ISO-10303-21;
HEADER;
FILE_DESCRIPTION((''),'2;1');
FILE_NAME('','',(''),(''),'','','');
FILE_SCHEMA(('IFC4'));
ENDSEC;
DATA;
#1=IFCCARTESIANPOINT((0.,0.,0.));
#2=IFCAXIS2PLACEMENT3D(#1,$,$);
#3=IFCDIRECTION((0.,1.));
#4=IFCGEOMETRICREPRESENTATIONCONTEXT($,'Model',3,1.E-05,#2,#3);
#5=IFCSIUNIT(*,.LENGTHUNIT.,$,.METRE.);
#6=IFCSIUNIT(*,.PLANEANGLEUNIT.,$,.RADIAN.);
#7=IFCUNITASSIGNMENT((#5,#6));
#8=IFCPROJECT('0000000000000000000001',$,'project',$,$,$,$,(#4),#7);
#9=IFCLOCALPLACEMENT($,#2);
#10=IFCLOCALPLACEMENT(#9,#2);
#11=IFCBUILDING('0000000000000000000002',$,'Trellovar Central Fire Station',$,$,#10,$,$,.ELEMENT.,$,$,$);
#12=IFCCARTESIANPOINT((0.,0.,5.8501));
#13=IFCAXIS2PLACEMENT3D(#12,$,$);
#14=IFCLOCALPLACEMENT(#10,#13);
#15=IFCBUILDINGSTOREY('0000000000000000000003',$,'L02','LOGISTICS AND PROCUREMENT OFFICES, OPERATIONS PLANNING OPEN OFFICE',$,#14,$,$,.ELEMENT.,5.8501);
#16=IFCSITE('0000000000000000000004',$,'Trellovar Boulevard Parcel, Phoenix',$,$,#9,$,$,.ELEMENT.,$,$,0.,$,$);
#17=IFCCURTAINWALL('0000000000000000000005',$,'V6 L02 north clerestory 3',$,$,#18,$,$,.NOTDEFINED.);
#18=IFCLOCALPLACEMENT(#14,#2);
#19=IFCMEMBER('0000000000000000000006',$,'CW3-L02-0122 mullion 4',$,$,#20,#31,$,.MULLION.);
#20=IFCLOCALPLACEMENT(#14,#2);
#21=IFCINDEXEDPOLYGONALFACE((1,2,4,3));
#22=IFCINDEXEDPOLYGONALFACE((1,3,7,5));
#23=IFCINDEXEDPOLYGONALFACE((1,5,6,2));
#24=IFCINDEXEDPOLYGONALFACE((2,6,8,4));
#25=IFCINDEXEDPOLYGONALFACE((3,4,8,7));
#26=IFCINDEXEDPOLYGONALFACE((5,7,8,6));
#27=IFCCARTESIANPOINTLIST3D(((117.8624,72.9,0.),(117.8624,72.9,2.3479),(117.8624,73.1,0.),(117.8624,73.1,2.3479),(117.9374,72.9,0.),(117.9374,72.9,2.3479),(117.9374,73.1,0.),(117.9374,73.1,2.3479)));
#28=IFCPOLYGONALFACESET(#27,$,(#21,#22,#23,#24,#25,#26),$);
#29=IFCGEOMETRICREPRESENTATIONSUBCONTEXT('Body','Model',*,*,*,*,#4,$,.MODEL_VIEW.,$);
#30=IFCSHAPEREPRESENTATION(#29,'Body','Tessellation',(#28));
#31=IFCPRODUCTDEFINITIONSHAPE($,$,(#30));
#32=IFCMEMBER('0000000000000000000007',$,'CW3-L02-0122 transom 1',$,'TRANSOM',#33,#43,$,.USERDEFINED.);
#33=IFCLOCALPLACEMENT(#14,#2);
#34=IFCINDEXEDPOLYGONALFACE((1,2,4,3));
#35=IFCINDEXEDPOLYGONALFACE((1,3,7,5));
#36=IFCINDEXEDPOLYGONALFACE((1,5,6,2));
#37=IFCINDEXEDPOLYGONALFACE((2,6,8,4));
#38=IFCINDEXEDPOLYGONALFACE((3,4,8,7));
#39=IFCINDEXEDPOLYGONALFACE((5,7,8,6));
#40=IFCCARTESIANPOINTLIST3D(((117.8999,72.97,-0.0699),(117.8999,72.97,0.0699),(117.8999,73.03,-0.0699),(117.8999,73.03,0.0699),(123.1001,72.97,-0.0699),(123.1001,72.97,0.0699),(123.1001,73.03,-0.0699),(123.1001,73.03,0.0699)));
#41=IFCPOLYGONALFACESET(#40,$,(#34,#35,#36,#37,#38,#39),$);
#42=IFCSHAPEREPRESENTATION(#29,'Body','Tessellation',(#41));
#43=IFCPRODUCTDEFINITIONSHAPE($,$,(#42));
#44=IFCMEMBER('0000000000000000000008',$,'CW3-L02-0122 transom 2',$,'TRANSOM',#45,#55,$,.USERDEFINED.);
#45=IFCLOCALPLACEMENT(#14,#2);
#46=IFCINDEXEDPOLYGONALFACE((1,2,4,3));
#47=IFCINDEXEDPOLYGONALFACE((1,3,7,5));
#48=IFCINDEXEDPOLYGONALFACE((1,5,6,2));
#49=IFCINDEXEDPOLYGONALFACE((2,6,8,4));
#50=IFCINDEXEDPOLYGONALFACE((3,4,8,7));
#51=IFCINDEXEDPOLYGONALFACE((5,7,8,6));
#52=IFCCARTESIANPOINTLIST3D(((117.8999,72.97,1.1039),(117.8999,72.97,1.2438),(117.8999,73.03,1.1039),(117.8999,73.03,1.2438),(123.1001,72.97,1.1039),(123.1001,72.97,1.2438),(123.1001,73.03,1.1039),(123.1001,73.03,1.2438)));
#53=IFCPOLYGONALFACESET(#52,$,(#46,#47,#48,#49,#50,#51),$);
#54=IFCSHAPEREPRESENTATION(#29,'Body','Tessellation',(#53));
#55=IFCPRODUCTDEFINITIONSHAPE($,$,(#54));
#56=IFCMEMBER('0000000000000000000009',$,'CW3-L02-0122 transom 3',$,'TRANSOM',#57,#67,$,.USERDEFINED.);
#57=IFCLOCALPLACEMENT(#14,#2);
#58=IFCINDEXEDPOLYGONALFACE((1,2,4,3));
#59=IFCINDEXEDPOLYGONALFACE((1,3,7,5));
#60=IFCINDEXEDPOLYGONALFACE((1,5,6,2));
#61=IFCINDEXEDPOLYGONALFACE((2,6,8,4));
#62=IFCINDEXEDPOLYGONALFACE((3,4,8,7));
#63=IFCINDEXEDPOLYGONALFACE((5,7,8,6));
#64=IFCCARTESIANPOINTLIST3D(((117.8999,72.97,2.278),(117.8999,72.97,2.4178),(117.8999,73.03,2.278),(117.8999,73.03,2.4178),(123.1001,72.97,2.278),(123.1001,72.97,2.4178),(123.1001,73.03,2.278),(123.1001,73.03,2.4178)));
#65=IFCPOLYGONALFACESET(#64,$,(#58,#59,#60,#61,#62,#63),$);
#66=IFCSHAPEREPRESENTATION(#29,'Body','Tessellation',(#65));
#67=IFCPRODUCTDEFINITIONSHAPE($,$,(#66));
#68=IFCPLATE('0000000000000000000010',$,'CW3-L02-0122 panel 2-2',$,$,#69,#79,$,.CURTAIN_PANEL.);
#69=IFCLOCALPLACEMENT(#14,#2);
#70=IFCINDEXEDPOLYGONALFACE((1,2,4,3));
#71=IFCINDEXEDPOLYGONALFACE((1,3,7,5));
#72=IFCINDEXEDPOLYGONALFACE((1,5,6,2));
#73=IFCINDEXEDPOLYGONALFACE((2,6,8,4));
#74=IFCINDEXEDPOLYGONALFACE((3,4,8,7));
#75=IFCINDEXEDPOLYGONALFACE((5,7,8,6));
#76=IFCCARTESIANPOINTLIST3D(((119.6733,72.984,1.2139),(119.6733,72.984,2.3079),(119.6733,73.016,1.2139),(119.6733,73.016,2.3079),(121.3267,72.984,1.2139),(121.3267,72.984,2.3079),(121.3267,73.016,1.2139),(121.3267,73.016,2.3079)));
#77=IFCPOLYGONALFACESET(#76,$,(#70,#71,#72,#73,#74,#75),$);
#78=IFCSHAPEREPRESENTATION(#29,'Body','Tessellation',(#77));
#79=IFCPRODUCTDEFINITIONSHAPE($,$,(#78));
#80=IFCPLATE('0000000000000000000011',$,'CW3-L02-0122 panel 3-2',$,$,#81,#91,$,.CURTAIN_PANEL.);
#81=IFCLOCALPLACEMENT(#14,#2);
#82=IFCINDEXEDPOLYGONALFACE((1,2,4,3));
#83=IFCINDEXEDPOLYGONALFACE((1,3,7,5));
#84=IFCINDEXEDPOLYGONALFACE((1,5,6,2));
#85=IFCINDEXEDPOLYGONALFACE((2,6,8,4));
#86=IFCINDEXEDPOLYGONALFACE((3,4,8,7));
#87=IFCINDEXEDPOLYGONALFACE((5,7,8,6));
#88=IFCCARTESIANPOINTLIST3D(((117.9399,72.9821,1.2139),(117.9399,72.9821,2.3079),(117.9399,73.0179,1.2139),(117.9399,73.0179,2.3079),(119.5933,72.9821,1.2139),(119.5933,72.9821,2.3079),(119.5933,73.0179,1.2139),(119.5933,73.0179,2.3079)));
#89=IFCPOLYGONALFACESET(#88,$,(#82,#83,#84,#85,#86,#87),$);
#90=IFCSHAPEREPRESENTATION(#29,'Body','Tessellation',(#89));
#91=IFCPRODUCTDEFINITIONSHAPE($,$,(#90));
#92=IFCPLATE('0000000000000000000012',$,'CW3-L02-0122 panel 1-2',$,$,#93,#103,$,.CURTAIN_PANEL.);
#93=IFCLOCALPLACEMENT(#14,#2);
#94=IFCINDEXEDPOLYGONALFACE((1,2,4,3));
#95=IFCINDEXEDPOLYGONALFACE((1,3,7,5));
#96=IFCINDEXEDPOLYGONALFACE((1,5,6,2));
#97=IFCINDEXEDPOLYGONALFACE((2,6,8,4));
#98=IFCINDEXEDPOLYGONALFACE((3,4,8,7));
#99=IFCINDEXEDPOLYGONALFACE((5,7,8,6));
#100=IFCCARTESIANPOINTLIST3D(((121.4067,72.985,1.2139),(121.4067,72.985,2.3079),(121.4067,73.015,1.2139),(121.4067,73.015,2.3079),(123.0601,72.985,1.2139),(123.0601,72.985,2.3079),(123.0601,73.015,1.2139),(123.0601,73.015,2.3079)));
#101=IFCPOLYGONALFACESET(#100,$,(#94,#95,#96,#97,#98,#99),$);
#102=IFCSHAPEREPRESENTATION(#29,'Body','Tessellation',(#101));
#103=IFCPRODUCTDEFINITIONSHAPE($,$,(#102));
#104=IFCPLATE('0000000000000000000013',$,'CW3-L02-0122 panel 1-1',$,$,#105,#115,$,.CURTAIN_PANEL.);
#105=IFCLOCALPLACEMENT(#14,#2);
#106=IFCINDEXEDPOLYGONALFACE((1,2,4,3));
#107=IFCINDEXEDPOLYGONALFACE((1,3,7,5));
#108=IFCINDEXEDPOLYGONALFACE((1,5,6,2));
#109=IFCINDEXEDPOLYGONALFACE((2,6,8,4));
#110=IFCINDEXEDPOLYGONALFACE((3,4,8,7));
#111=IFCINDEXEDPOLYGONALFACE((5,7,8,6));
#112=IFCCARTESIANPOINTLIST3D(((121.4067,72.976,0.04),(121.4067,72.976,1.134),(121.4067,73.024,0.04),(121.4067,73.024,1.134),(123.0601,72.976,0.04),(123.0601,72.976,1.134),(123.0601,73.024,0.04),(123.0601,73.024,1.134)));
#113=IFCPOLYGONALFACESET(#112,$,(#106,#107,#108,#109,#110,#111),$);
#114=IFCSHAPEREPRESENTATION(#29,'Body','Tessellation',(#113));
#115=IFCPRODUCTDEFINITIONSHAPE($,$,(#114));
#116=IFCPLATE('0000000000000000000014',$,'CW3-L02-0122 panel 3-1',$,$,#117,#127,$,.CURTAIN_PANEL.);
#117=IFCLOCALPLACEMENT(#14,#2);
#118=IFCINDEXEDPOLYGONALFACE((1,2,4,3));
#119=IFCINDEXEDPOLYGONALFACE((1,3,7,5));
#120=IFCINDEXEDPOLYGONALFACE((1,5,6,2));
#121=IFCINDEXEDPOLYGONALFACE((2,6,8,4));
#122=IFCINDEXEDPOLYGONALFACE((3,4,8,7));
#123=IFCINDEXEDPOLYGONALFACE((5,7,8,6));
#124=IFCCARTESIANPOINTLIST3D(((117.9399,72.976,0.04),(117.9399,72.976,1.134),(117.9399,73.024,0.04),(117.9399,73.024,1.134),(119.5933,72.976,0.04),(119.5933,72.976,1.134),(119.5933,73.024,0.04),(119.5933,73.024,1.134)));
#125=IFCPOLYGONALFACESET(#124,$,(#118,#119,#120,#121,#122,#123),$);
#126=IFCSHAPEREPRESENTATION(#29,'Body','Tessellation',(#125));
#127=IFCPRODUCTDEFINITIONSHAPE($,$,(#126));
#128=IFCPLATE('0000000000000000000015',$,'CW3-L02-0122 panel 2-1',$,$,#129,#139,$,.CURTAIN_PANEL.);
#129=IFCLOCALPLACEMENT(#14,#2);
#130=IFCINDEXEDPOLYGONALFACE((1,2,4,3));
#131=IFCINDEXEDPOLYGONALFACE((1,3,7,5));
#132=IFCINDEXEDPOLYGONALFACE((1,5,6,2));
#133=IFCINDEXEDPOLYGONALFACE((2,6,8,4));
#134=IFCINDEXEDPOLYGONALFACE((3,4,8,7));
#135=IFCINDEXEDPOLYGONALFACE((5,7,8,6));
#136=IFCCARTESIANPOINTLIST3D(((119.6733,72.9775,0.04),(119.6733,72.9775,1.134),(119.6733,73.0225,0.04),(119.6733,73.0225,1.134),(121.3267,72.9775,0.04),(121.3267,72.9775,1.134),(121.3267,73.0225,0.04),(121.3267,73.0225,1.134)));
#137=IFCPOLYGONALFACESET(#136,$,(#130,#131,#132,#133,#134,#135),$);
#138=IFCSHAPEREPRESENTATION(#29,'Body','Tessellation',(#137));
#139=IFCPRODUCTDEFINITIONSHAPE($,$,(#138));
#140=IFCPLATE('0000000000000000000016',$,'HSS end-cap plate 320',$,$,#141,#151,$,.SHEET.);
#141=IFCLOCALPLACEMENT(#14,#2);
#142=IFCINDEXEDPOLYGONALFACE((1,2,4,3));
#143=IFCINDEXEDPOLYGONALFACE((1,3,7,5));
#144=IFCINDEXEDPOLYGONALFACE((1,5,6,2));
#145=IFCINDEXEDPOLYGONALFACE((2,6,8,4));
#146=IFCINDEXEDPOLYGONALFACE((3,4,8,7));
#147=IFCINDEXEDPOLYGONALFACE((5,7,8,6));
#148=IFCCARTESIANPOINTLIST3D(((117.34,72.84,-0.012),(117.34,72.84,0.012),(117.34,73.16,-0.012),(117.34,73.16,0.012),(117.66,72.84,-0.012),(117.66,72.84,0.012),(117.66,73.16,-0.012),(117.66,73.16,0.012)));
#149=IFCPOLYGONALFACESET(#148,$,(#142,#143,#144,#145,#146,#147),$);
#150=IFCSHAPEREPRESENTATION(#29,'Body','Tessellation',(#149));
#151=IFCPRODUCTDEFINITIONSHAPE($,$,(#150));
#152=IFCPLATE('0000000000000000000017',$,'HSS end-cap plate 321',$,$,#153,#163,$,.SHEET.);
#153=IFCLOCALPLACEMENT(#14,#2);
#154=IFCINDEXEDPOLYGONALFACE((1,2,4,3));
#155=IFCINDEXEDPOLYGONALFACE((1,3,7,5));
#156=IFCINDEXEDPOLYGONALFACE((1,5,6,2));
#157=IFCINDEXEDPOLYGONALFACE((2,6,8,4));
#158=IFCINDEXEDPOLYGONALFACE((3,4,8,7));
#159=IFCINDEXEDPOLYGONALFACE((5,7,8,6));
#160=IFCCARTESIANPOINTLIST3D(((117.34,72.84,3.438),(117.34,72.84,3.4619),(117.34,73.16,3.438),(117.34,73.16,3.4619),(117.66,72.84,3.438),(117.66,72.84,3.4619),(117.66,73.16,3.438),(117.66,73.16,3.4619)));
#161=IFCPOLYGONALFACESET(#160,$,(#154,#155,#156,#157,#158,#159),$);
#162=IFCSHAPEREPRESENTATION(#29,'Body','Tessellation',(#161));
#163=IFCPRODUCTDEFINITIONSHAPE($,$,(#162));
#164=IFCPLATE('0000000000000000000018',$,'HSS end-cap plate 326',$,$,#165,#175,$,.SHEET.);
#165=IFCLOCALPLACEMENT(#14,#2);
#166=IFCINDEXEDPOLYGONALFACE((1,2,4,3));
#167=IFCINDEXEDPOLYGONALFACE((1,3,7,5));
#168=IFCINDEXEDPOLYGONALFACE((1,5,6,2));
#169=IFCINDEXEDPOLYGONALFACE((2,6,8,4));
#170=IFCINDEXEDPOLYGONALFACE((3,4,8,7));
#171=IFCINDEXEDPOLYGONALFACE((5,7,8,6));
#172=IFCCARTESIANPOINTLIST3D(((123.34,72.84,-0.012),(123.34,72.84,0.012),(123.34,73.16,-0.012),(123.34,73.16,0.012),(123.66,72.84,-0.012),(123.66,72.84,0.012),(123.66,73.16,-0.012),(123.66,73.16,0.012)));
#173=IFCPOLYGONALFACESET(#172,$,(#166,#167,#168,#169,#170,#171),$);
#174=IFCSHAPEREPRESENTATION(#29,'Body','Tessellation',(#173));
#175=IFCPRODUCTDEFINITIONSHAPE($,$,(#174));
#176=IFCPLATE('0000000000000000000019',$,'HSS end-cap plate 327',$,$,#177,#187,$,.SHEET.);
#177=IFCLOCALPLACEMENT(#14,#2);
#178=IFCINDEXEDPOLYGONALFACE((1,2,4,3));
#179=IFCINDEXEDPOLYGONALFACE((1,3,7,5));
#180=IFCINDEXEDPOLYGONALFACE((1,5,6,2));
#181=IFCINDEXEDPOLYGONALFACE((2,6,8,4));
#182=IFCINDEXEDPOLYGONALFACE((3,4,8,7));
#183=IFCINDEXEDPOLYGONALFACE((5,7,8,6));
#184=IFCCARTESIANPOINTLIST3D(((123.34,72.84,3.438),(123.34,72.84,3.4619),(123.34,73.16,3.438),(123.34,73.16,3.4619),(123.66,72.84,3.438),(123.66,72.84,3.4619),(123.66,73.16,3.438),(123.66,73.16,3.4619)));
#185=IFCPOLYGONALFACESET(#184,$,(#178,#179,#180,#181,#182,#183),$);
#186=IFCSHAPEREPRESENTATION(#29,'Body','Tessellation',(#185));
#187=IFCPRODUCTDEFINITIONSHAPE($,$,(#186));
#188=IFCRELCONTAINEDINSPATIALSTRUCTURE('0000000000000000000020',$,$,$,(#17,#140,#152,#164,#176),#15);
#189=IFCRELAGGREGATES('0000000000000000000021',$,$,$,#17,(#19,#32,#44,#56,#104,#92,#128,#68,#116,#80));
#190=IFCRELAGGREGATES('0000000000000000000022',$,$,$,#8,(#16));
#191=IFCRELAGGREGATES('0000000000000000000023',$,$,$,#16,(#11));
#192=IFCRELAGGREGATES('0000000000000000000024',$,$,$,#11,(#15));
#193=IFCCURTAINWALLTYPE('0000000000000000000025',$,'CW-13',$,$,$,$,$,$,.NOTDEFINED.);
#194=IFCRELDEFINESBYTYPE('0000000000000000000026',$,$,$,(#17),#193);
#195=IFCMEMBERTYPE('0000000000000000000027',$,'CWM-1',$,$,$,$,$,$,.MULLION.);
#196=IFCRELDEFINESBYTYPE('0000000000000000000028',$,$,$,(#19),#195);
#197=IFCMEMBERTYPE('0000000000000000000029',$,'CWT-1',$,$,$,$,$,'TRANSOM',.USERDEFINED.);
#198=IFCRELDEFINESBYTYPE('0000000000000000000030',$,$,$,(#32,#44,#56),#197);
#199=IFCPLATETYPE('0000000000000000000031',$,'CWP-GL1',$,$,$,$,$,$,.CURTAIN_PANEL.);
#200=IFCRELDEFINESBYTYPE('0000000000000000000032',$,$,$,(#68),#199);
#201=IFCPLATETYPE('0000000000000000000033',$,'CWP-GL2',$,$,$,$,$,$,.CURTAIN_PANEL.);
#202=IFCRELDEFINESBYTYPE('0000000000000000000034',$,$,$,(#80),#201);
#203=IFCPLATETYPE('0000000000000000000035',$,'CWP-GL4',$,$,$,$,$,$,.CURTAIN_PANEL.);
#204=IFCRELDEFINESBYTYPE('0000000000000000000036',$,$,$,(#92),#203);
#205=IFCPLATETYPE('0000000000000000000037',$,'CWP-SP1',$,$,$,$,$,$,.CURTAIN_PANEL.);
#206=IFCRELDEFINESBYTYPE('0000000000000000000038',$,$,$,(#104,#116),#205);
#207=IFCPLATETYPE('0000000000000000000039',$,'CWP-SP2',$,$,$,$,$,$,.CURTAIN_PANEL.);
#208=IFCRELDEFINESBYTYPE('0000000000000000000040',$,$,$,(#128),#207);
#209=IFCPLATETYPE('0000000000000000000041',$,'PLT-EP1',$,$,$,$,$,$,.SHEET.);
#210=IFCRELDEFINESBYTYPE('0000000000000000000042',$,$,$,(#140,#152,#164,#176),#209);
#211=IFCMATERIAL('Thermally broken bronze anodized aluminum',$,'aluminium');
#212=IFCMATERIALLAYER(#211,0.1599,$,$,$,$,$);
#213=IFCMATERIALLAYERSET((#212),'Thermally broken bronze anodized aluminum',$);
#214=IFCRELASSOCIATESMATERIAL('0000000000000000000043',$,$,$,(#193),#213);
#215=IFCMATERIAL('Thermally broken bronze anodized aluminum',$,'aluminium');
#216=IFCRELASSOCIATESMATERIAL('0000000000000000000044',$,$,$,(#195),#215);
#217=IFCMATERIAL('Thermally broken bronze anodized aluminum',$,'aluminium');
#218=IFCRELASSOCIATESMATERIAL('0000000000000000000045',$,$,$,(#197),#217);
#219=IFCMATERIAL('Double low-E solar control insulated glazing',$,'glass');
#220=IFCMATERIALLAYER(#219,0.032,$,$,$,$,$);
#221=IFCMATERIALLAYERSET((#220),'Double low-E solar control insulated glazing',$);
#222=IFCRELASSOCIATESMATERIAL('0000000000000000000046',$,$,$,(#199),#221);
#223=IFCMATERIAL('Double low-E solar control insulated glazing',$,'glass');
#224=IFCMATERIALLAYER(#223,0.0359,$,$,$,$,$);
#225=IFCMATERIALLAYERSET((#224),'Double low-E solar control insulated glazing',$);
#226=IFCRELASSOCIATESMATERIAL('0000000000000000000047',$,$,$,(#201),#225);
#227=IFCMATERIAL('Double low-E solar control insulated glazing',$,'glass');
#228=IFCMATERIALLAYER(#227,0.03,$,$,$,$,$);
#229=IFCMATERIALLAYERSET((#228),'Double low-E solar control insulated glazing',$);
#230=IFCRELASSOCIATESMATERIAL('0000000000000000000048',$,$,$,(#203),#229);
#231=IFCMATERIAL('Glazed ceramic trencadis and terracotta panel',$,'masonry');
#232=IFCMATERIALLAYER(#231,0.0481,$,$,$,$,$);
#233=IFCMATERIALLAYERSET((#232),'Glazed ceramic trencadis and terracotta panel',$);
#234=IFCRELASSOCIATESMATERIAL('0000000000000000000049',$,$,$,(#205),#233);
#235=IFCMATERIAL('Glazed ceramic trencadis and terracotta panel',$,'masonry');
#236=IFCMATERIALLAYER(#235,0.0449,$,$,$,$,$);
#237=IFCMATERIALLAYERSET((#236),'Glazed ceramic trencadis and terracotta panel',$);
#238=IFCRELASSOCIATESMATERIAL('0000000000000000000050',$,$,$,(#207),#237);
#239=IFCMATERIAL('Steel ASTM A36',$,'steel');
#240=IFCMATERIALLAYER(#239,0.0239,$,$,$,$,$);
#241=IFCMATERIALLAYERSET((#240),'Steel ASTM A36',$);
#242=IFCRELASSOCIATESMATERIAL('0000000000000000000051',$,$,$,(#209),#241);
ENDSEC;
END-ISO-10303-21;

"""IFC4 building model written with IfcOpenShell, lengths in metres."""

from ifc_helpers import new_model, si_unit, direction, frame, origin, origin_2d, place, context, subcontext, project, spatial, rectangle, extrude, material, layer, layer_set, material_profile, profile_set, type_object, element, aggregate, save


model = new_model("IFC4")

# Units and contexts
model_context = context("Model", 3, precision=1e-05, world=origin(), true_north=direction((0.0, 1.0)))
body_context = subcontext(model_context, "Body", "Model", "MODEL_VIEW")
ifc_project = project(units=[si_unit("LENGTHUNIT", "METRE"), si_unit("PLANEANGLEUNIT", "RADIAN")], contexts=[model_context])

# Site, building, storey
site_placement = place(None, origin())
site = spatial("IfcSite", under=ifc_project, at=site_placement, Name="Trellovar Boulevard Parcel, Phoenix", CompositionType="ELEMENT", RefElevation=0.0)
building_placement = place(site_placement, origin())
building = spatial("IfcBuilding", under=site, at=building_placement, Name="Trellovar Central Fire Station", CompositionType="ELEMENT")
storey_placement = place(building_placement, frame((0.0, 0.0, 5.8501)))
storey = spatial("IfcBuildingStorey", under=building, at=storey_placement, Name="L02", Description="LOGISTICS AND PROCUREMENT OFFICES, OPERATIONS PLANNING OPEN OFFICE", CompositionType="ELEMENT", Elevation=5.8501)

# Curtain wall, members, plates
ifc_material_1 = material(Name="Thermally broken bronze anodized aluminum", Category="aluminium")
ifc_layer_1 = layer(ifc_material_1, 0.1599)
ifc_layer_set_1 = layer_set([ifc_layer_1], Name="Thermally broken bronze anodized aluminum")
curtain_wall_type = type_object("IfcCurtainWallType", Name="CW-13", PredefinedType="NOTDEFINED", material=ifc_layer_set_1)
curtain_wall_placement = place(storey_placement, origin())
curtain_wall = element("IfcCurtainWall", 1, at=curtain_wall_placement, inside=storey, type_object=curtain_wall_type, Name="V6 L02 north clerestory 3", PredefinedType="NOTDEFINED")
ifc_material_2 = material(Name="Thermally broken bronze anodized aluminum", Category="aluminium")
ifc_material_profile_1 = material_profile(ifc_material_2, rectangle(XDim=0.075, YDim=0.2, at=origin_2d()), Name="ALU75X200")
ifc_profile_set_1 = profile_set([ifc_material_profile_1], Name="Thermally broken bronze anodized aluminum")
member_type_1 = type_object("IfcMemberType", Name="CWM-1", PredefinedType="MULLION", material=ifc_profile_set_1)
member_1_placement = place(storey_placement, frame((117.8999, 73.0, 0.0), z_axis=(0.0, 0.0, 1.0), x_axis=(1.0, 0.0, 0.0)))
member_1 = element("IfcMember", 2, at=member_1_placement, type_object=member_type_1, Name="CW3-L02-0122 mullion 4", PredefinedType="MULLION", context=body_context, shape_type="SweptSolid", body=[
    extrude(rectangle(XDim=0.075, YDim=0.2, at=origin_2d()), origin(), (0.0, 0.0, 1.0), 2.3479),
])
ifc_material_3 = material(Name="Thermally broken bronze anodized aluminum", Category="aluminium")
ifc_material_profile_2 = material_profile(ifc_material_3, rectangle(XDim=0.0601, YDim=0.1399, at=origin_2d()), Name="ALU60X140")
ifc_profile_set_2 = profile_set([ifc_material_profile_2], Name="Thermally broken bronze anodized aluminum")
member_type_2 = type_object("IfcMemberType", Name="CWT-1", ElementType="TRANSOM", PredefinedType="USERDEFINED", material=ifc_profile_set_2)
member_2_placement = place(storey_placement, frame((123.1001, 73.0, 0.0), z_axis=(-1.0, 0.0, 0.0), x_axis=(0.0, -1.0, 0.0)))
member_2 = element("IfcMember", 3, at=member_2_placement, type_object=member_type_2, Name="CW3-L02-0122 transom 1", ObjectType="TRANSOM", PredefinedType="USERDEFINED", context=body_context, shape_type="SweptSolid", body=[
    extrude(rectangle(XDim=0.0601, YDim=0.1399, at=origin_2d()), origin(), (0.0, 0.0, 1.0), 5.2002),
])
member_3_placement = place(storey_placement, frame((123.1001, 73.0, 1.1738), z_axis=(-1.0, 0.0, 0.0), x_axis=(0.0, -1.0, 0.0)))
member_3 = element("IfcMember", 4, at=member_3_placement, type_object=member_type_2, Name="CW3-L02-0122 transom 2", ObjectType="TRANSOM", PredefinedType="USERDEFINED", context=body_context, shape_type="SweptSolid", body=[
    extrude(rectangle(XDim=0.0601, YDim=0.1399, at=origin_2d()), origin(), (0.0, 0.0, 1.0), 5.2002),
])
member_4_placement = place(storey_placement, frame((123.1001, 73.0, 2.3479), z_axis=(-1.0, 0.0, 0.0), x_axis=(0.0, -1.0, 0.0)))
member_4 = element("IfcMember", 5, at=member_4_placement, type_object=member_type_2, Name="CW3-L02-0122 transom 3", ObjectType="TRANSOM", PredefinedType="USERDEFINED", context=body_context, shape_type="SweptSolid", body=[
    extrude(rectangle(XDim=0.0601, YDim=0.1399, at=origin_2d()), origin(), (0.0, 0.0, 1.0), 5.2002),
])
ifc_material_4 = material(Name="Double low-E solar control insulated glazing", Category="glass")
ifc_layer_2 = layer(ifc_material_4, 0.032)
ifc_layer_set_2 = layer_set([ifc_layer_2], Name="Double low-E solar control insulated glazing")
plate_type_1 = type_object("IfcPlateType", Name="CWP-GL1", PredefinedType="CURTAIN_PANEL", material=ifc_layer_set_2)
plate_1_placement = place(storey_placement, frame((120.5, 73.0, 1.2139), z_axis=(0.0, 0.0, 1.0), x_axis=(-1.0, 0.0, 0.0)))
plate_1 = element("IfcPlate", 6, at=plate_1_placement, type_object=plate_type_1, Name="CW3-L02-0122 panel 2-2", PredefinedType="CURTAIN_PANEL", context=body_context, shape_type="SweptSolid", body=[
    extrude(rectangle(XDim=1.6533, YDim=0.032, at=origin_2d()), origin(), (0.0, 0.0, 1.0), 1.094),
])
ifc_material_5 = material(Name="Double low-E solar control insulated glazing", Category="glass")
ifc_layer_3 = layer(ifc_material_5, 0.0359)
ifc_layer_set_3 = layer_set([ifc_layer_3], Name="Double low-E solar control insulated glazing")
plate_type_2 = type_object("IfcPlateType", Name="CWP-GL2", PredefinedType="CURTAIN_PANEL", material=ifc_layer_set_3)
plate_2_placement = place(storey_placement, frame((118.7666, 73.0, 1.2139), z_axis=(0.0, 0.0, 1.0), x_axis=(-1.0, 0.0, 0.0)))
plate_2 = element("IfcPlate", 7, at=plate_2_placement, type_object=plate_type_2, Name="CW3-L02-0122 panel 3-2", PredefinedType="CURTAIN_PANEL", context=body_context, shape_type="SweptSolid", body=[
    extrude(rectangle(XDim=1.6533, YDim=0.0359, at=origin_2d()), origin(), (0.0, 0.0, 1.0), 1.094),
])
ifc_material_6 = material(Name="Double low-E solar control insulated glazing", Category="glass")
ifc_layer_4 = layer(ifc_material_6, 0.03)
ifc_layer_set_4 = layer_set([ifc_layer_4], Name="Double low-E solar control insulated glazing")
plate_type_3 = type_object("IfcPlateType", Name="CWP-GL4", PredefinedType="CURTAIN_PANEL", material=ifc_layer_set_4)
plate_3_placement = place(storey_placement, frame((122.2334, 73.0, 1.2139), z_axis=(0.0, 0.0, 1.0), x_axis=(-1.0, 0.0, 0.0)))
plate_3 = element("IfcPlate", 8, at=plate_3_placement, type_object=plate_type_3, Name="CW3-L02-0122 panel 1-2", PredefinedType="CURTAIN_PANEL", context=body_context, shape_type="SweptSolid", body=[
    extrude(rectangle(XDim=1.6533, YDim=0.03, at=origin_2d()), origin(), (0.0, 0.0, 1.0), 1.094),
])
ifc_material_7 = material(Name="Glazed ceramic trencadis and terracotta panel", Category="masonry")
ifc_layer_5 = layer(ifc_material_7, 0.0481)
ifc_layer_set_5 = layer_set([ifc_layer_5], Name="Glazed ceramic trencadis and terracotta panel")
plate_type_4 = type_object("IfcPlateType", Name="CWP-SP1", PredefinedType="CURTAIN_PANEL", material=ifc_layer_set_5)
plate_4_placement = place(storey_placement, frame((122.2334, 73.0, 0.04), z_axis=(0.0, 0.0, 1.0), x_axis=(-1.0, 0.0, 0.0)))
plate_4 = element("IfcPlate", 9, at=plate_4_placement, type_object=plate_type_4, Name="CW3-L02-0122 panel 1-1", PredefinedType="CURTAIN_PANEL", context=body_context, shape_type="SweptSolid", body=[
    extrude(rectangle(XDim=1.6533, YDim=0.0481, at=origin_2d()), origin(), (0.0, 0.0, 1.0), 1.094),
])
plate_5_placement = place(storey_placement, frame((118.7666, 73.0, 0.04), z_axis=(0.0, 0.0, 1.0), x_axis=(-1.0, 0.0, 0.0)))
plate_5 = element("IfcPlate", 10, at=plate_5_placement, type_object=plate_type_4, Name="CW3-L02-0122 panel 3-1", PredefinedType="CURTAIN_PANEL", context=body_context, shape_type="SweptSolid", body=[
    extrude(rectangle(XDim=1.6533, YDim=0.0481, at=origin_2d()), origin(), (0.0, 0.0, 1.0), 1.094),
])
ifc_material_8 = material(Name="Glazed ceramic trencadis and terracotta panel", Category="masonry")
ifc_layer_6 = layer(ifc_material_8, 0.0449)
ifc_layer_set_6 = layer_set([ifc_layer_6], Name="Glazed ceramic trencadis and terracotta panel")
plate_type_5 = type_object("IfcPlateType", Name="CWP-SP2", PredefinedType="CURTAIN_PANEL", material=ifc_layer_set_6)
plate_6_placement = place(storey_placement, frame((120.5, 73.0, 0.04), z_axis=(0.0, 0.0, 1.0), x_axis=(-1.0, 0.0, 0.0)))
plate_6 = element("IfcPlate", 11, at=plate_6_placement, type_object=plate_type_5, Name="CW3-L02-0122 panel 2-1", PredefinedType="CURTAIN_PANEL", context=body_context, shape_type="SweptSolid", body=[
    extrude(rectangle(XDim=1.6533, YDim=0.0449, at=origin_2d()), origin(), (0.0, 0.0, 1.0), 1.094),
])
aggregate(curtain_wall, [member_1, member_2, member_3, member_4, plate_4, plate_3, plate_6, plate_1, plate_5, plate_2])

# Plates
ifc_material_9 = material(Name="Steel ASTM A36", Category="steel")
ifc_layer_7 = layer(ifc_material_9, 0.0239)
ifc_layer_set_7 = layer_set([ifc_layer_7], Name="Steel ASTM A36")
plate_type_6 = type_object("IfcPlateType", Name="PLT-EP1", PredefinedType="SHEET", material=ifc_layer_set_7)
for number, where, z_axis, x_axis, name in (
    (12, (117.5, 73.0, -0.012), (0.0, 0.0, 1.0), (1.0, 0.0, 0.0), "HSS end-cap plate 320"),
    (13, (117.5, 73.0, 3.438), (0.0, 0.0, 1.0), (1.0, 0.0, 0.0), "HSS end-cap plate 321"),
    (14, (123.5, 73.0, -0.012), (0.0, 0.0, 1.0), (1.0, 0.0, 0.0), "HSS end-cap plate 326"),
    (15, (123.5, 73.0, 3.438), (0.0, 0.0, 1.0), (1.0, 0.0, 0.0), "HSS end-cap plate 327"),
):
    element("IfcPlate", number, at=place(storey_placement, frame(where, z_axis=z_axis, x_axis=x_axis)), inside=storey, type_object=plate_type_6, Name=name, PredefinedType="SHEET", context=body_context, shape_type="SweptSolid", body=[
        extrude(rectangle(XDim=0.3201, YDim=0.3201, at=origin_2d()), origin(), (0.0, 0.0, 1.0), 0.0239),
    ])

save(model, "model.ifc")
